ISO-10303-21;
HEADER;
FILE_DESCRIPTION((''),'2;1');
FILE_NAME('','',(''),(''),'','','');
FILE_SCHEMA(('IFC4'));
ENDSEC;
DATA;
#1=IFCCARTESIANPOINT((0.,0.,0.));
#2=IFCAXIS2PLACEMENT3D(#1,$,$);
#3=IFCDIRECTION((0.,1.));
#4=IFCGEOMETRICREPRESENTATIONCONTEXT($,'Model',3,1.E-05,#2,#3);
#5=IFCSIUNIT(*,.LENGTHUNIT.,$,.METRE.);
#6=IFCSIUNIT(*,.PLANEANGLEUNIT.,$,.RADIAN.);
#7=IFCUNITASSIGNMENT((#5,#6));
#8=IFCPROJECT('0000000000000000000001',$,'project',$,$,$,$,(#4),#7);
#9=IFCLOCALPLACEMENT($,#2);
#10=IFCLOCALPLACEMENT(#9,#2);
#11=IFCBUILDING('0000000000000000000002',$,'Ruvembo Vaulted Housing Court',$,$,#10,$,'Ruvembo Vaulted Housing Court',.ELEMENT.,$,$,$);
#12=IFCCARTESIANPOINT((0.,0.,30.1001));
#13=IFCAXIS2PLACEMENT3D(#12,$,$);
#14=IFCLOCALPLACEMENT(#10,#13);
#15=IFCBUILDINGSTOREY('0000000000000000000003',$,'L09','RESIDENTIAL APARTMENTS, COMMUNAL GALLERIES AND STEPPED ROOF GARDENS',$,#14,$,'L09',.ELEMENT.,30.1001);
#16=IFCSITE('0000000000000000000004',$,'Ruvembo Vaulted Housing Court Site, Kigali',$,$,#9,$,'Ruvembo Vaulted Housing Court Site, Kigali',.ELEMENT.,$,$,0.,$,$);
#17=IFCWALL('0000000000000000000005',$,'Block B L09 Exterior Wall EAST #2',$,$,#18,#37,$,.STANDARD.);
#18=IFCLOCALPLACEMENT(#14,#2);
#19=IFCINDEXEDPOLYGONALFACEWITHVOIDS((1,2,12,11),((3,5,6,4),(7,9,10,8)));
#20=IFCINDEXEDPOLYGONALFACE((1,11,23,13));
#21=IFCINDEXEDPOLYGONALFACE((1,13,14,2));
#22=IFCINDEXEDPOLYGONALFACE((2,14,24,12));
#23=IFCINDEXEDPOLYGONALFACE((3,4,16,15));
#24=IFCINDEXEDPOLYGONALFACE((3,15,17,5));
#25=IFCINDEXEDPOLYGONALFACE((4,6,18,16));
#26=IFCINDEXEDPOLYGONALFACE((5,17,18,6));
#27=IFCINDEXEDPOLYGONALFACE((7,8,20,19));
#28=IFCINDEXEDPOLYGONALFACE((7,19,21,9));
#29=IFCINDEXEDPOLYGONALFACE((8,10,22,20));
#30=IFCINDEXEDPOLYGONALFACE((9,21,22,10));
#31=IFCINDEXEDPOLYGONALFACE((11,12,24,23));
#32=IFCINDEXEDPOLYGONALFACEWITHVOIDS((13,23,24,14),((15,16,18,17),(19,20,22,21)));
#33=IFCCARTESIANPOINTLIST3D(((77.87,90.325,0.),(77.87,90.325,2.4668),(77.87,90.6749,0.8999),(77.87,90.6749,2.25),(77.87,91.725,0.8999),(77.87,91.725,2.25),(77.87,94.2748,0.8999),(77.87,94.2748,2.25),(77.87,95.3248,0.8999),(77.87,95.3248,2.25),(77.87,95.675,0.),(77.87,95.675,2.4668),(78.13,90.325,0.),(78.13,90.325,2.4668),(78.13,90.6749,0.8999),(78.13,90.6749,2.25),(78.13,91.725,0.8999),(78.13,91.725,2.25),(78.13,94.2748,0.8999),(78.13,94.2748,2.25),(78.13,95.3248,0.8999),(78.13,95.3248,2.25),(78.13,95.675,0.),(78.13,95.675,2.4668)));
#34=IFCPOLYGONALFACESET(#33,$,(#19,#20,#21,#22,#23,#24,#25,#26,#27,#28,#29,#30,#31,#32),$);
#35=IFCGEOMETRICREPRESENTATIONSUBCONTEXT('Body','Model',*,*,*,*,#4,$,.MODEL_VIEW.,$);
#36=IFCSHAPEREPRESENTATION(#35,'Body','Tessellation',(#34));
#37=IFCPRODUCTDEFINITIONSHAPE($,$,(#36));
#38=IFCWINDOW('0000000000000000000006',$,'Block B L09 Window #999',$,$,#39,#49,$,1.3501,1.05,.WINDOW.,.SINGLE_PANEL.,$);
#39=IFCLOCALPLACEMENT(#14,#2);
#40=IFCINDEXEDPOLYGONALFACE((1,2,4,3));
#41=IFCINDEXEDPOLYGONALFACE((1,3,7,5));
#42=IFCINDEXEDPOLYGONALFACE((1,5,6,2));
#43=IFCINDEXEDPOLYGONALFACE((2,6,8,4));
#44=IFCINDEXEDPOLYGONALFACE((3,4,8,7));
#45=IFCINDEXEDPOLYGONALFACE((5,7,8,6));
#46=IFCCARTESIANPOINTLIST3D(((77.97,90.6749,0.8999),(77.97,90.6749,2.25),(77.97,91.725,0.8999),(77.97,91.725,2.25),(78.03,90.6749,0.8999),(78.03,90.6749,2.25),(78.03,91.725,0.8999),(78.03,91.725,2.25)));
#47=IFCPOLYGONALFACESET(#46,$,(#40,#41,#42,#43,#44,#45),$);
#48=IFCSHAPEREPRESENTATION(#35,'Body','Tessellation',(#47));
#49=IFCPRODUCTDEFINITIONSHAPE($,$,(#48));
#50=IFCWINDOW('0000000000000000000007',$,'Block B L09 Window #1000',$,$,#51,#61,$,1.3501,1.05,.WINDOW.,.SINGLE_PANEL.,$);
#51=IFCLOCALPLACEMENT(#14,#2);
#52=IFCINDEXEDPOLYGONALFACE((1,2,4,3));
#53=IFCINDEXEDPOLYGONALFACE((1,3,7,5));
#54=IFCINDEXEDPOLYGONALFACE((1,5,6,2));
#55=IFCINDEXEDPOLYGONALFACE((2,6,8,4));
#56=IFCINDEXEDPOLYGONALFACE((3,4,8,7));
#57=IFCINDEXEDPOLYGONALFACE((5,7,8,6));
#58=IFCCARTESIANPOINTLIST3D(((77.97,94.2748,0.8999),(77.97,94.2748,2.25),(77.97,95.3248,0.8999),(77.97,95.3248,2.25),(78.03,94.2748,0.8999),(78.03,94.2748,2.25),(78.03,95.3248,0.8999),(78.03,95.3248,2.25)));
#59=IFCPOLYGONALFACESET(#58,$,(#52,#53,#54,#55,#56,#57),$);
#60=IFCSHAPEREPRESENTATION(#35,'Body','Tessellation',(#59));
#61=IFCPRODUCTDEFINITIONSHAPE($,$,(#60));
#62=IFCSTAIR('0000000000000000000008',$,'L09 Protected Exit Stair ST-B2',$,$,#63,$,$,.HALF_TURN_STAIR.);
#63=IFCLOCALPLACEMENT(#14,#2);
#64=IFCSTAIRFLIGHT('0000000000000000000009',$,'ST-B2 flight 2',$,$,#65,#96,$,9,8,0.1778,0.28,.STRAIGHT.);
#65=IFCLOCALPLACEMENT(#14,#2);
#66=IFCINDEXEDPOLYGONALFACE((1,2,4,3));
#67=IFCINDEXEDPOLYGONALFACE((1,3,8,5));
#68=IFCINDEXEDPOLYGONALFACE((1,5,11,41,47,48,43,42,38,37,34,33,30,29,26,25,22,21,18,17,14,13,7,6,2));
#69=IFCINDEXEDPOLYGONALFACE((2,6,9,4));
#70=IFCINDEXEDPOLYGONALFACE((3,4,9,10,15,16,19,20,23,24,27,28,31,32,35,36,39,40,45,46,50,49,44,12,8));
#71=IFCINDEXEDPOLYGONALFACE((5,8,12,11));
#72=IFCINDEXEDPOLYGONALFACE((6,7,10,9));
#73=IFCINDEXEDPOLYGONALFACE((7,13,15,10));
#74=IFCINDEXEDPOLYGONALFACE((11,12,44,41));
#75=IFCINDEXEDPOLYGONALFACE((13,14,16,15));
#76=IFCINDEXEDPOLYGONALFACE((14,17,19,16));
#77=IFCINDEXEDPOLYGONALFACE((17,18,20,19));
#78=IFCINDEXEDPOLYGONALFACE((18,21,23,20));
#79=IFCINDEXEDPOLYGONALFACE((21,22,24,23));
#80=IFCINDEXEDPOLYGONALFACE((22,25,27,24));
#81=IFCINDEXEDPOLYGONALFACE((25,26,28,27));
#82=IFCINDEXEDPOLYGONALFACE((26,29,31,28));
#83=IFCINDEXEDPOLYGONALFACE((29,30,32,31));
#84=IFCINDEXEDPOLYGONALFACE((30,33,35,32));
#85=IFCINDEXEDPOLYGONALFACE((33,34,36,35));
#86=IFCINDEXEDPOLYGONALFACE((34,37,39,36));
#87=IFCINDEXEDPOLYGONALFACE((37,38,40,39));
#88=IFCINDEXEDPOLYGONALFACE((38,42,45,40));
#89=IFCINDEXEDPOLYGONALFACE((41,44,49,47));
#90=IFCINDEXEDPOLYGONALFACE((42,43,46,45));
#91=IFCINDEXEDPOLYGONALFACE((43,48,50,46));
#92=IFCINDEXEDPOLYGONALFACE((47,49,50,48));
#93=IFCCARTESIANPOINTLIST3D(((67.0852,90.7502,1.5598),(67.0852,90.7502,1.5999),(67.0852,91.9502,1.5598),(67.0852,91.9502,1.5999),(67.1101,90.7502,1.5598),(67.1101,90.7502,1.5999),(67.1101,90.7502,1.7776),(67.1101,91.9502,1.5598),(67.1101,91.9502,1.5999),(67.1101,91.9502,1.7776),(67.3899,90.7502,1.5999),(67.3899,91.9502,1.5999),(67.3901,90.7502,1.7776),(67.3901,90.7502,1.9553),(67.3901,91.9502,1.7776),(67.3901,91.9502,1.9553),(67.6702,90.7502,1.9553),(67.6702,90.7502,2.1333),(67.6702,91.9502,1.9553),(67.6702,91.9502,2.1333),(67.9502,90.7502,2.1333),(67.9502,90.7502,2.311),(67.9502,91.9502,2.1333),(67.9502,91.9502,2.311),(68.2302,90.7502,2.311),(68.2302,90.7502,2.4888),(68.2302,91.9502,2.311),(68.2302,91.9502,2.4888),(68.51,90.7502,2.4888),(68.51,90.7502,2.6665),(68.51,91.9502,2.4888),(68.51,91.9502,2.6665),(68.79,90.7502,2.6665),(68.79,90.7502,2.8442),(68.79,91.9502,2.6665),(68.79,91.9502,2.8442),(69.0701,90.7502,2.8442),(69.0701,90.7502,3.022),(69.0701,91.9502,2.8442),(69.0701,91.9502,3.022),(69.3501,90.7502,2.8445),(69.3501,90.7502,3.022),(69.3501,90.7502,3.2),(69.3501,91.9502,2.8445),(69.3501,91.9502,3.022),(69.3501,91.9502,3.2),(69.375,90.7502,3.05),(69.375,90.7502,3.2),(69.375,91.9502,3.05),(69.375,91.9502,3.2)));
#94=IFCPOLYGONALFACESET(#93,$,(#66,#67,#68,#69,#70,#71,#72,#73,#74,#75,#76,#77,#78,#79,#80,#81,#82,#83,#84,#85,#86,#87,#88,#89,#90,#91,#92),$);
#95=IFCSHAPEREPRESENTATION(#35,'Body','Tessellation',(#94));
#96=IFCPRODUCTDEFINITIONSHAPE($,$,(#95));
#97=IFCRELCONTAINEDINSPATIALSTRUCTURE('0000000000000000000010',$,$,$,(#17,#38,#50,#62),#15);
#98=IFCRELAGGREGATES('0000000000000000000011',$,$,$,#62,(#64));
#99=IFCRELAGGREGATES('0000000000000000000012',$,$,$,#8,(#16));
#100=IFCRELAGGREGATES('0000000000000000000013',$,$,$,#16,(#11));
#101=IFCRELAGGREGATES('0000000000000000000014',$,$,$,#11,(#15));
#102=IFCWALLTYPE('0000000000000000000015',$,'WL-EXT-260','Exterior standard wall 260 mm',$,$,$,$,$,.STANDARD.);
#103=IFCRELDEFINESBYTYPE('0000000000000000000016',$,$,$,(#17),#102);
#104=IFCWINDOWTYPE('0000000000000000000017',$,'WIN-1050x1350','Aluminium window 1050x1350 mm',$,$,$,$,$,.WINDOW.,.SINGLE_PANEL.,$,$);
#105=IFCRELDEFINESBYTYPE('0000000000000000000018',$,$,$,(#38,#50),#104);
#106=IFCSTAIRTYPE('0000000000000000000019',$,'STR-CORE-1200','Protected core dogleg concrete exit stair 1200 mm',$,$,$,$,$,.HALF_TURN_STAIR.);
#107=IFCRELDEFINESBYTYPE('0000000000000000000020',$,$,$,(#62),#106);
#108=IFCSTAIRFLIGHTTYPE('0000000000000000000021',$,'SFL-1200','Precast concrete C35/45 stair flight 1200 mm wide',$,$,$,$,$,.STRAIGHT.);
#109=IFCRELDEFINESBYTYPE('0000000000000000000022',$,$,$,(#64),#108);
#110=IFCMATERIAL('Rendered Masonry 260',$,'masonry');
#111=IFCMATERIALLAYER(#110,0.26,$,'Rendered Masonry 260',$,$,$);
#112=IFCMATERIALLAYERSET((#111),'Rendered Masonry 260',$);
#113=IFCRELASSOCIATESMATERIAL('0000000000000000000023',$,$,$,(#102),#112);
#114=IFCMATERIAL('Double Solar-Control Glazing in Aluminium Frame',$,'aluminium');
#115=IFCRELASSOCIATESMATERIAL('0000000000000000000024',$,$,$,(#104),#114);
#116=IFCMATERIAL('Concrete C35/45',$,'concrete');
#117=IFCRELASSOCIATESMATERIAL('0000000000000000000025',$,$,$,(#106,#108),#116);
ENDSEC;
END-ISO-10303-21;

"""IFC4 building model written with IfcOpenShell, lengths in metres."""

from ifc_helpers import new_model, si_unit, direction, frame, frame_2d, origin, place, context, subcontext, project, spatial, polyline, rectangle, outline, extrude, material, layer, layer_set, type_object, element, fill, aggregate, save


model = new_model("IFC4")

# Units and contexts
model_context = context("Model", 3, precision=1e-05, world=origin(), true_north=direction((0.0, 1.0)))
body_context = subcontext(model_context, "Body", "Model", "MODEL_VIEW")
ifc_project = project(units=[si_unit("LENGTHUNIT", "METRE"), si_unit("PLANEANGLEUNIT", "RADIAN")], contexts=[model_context])

# Site, building, storey
site_placement = place(None, origin())
site = spatial("IfcSite", under=ifc_project, at=site_placement, Name="Ruvembo Vaulted Housing Court Site, Kigali", LongName="Ruvembo Vaulted Housing Court Site, Kigali", CompositionType="ELEMENT", RefElevation=0.0)
building_placement = place(site_placement, origin())
building = spatial("IfcBuilding", under=site, at=building_placement, Name="Ruvembo Vaulted Housing Court", LongName="Ruvembo Vaulted Housing Court", CompositionType="ELEMENT")
storey_placement = place(building_placement, frame((0.0, 0.0, 30.1001)))
storey = spatial("IfcBuildingStorey", under=building, at=storey_placement, Name="L09", Description="RESIDENTIAL APARTMENTS, COMMUNAL GALLERIES AND STEPPED ROOF GARDENS", LongName="L09", CompositionType="ELEMENT", Elevation=30.1001)

# Shared definitions
ifc_material_1 = material(Name="Concrete C35/45", Category="concrete")

# Wall, openings, windows
ifc_material_2 = material(Name="Rendered Masonry 260", Category="masonry")
ifc_layer_1 = layer(ifc_material_2, 0.26, Name="Rendered Masonry 260")
ifc_layer_set_1 = layer_set([ifc_layer_1], Name="Rendered Masonry 260")
wall_type_1 = type_object("IfcWallType", Name="WL-EXT-260", Description="Exterior standard wall 260 mm", PredefinedType="STANDARD", material=ifc_layer_set_1)
ifc_material_3 = material(Name="Double Solar-Control Glazing in Aluminium Frame", Category="aluminium")
wall_1_placement = place(storey_placement, frame((78.0, 90.325, 0.0), z_axis=(0.0, 0.0, 1.0), x_axis=(0.0, 1.0, 0.0)))
wall_1 = element("IfcWall", 1, at=wall_1_placement, inside=storey, type_object=wall_type_1, Name="Block B L09 Exterior Wall EAST #2", PredefinedType="STANDARD", context=body_context, shape_type="SweptSolid", body=[
    extrude(rectangle(XDim=5.3501, YDim=0.26, at=frame_2d((2.675, 0.0))), origin(), (0.0, 0.0, 1.0), 2.4668),
])
opening_1_placement = place(wall_1_placement, frame((0.3501, 0.0, 0.8999)))
opening_1 = element("IfcOpeningElement", 2, at=opening_1_placement, cuts=wall_1, PredefinedType="OPENING", context=body_context, shape_type="SweptSolid", body=[
    extrude(rectangle(XDim=1.05, YDim=1.3501, at=frame_2d((0.5249, 0.675))), frame((0.0, 0.1399, 0.0), z_axis=(0.0, -1.0, 0.0), x_axis=(1.0, 0.0, 0.0)), (0.0, 0.0, 1.0), 0.28),
])
opening_2_placement = place(wall_1_placement, frame((3.95, 0.0, 0.8999)))
opening_2 = element("IfcOpeningElement", 3, at=opening_2_placement, cuts=wall_1, PredefinedType="OPENING", context=body_context, shape_type="SweptSolid", body=[
    extrude(rectangle(XDim=1.05, YDim=1.3501, at=frame_2d((0.5249, 0.675))), frame((0.0, 0.1399, 0.0), z_axis=(0.0, -1.0, 0.0), x_axis=(1.0, 0.0, 0.0)), (0.0, 0.0, 1.0), 0.28),
])
window_type_1 = type_object("IfcWindowType", Name="WIN-1050x1350", Description="Aluminium window 1050x1350 mm", PartitioningType="SINGLE_PANEL", PredefinedType="WINDOW", material=ifc_material_3)
window_1_placement = place(opening_1_placement, origin())
window_1 = element("IfcWindow", 4, at=window_1_placement, inside=storey, type_object=window_type_1, Name="Block B L09 Window #999", OverallHeight=1.3501, OverallWidth=1.05, PartitioningType="SINGLE_PANEL", PredefinedType="WINDOW", context=body_context, shape_type="SweptSolid", body=[
    extrude(rectangle(XDim=1.05, YDim=1.3501, at=frame_2d((0.5249, 0.675))), frame((0.0, 0.03, 0.0), z_axis=(0.0, -1.0, 0.0), x_axis=(1.0, 0.0, 0.0)), (0.0, 0.0, 1.0), 0.0601),
])
fill(opening_1, window_1)
window_2_placement = place(opening_2_placement, origin())
window_2 = element("IfcWindow", 5, at=window_2_placement, inside=storey, type_object=window_type_1, Name="Block B L09 Window #1000", OverallHeight=1.3501, OverallWidth=1.05, PartitioningType="SINGLE_PANEL", PredefinedType="WINDOW", context=body_context, shape_type="SweptSolid", body=[
    extrude(rectangle(XDim=1.05, YDim=1.3501, at=frame_2d((0.5249, 0.675))), frame((0.0, 0.03, 0.0), z_axis=(0.0, -1.0, 0.0), x_axis=(1.0, 0.0, 0.0)), (0.0, 0.0, 1.0), 0.0601),
])
fill(opening_2, window_2)

# Stair, stair flight
stair_type = type_object("IfcStairType", Name="STR-CORE-1200", Description="Protected core dogleg concrete exit stair 1200 mm", PredefinedType="HALF_TURN_STAIR", material=ifc_material_1)
stair_placement = place(storey_placement, origin())
stair = element("IfcStair", 6, at=stair_placement, inside=storey, type_object=stair_type, Name="L09 Protected Exit Stair ST-B2", PredefinedType="HALF_TURN_STAIR")
stair_flight_type = type_object("IfcStairFlightType", Name="SFL-1200", Description="Precast concrete C35/45 stair flight 1200 mm wide", PredefinedType="STRAIGHT", material=ifc_material_1)
stair_flight_placement = place(storey_placement, frame((67.1101, 91.3501, 1.5999), z_axis=(0.0, 0.0, 1.0), x_axis=(1.0, 0.0, 0.0)))
stair_flight = element("IfcStairFlight", 7, at=stair_flight_placement, type_object=stair_flight_type, Name="ST-B2 flight 2", NumberOfRisers=9, NumberOfTreads=8, PredefinedType="STRAIGHT", RiserHeight=0.1778, TreadLength=0.28, context=body_context, shape_type="SweptSolid", body=[
    extrude(outline(polyline([(-0.0249, -0.04), (-0.0249, 0.0), (0.0, 0.0), (0.0, 0.1777), (0.28, 0.1777), (0.28, 0.3555), (0.5601, 0.3555), (0.5601, 0.5334), (0.8401, 0.5334), (0.8401, 0.7112), (1.1201, 0.7112), (1.1201, 0.8889), (1.3999, 0.8889), (1.3999, 1.0667), (1.6799, 1.0667), (1.6799, 1.2444), (1.96, 1.2444), (1.96, 1.4221), (2.24, 1.4221), (2.24, 1.6001), (2.2649, 1.6001), (2.2649, 1.4502), (2.24, 1.2446), (0.2798, 0.0), (0.0, -0.04), (-0.0249, -0.04)])), frame((0.0, 0.6001, 0.0), z_axis=(0.0, -1.0, 0.0), x_axis=(1.0, 0.0, 0.0)), (0.0, 0.0, 1.0), 1.2),
])
aggregate(stair, [stair_flight])

save(model, "model.ifc")
